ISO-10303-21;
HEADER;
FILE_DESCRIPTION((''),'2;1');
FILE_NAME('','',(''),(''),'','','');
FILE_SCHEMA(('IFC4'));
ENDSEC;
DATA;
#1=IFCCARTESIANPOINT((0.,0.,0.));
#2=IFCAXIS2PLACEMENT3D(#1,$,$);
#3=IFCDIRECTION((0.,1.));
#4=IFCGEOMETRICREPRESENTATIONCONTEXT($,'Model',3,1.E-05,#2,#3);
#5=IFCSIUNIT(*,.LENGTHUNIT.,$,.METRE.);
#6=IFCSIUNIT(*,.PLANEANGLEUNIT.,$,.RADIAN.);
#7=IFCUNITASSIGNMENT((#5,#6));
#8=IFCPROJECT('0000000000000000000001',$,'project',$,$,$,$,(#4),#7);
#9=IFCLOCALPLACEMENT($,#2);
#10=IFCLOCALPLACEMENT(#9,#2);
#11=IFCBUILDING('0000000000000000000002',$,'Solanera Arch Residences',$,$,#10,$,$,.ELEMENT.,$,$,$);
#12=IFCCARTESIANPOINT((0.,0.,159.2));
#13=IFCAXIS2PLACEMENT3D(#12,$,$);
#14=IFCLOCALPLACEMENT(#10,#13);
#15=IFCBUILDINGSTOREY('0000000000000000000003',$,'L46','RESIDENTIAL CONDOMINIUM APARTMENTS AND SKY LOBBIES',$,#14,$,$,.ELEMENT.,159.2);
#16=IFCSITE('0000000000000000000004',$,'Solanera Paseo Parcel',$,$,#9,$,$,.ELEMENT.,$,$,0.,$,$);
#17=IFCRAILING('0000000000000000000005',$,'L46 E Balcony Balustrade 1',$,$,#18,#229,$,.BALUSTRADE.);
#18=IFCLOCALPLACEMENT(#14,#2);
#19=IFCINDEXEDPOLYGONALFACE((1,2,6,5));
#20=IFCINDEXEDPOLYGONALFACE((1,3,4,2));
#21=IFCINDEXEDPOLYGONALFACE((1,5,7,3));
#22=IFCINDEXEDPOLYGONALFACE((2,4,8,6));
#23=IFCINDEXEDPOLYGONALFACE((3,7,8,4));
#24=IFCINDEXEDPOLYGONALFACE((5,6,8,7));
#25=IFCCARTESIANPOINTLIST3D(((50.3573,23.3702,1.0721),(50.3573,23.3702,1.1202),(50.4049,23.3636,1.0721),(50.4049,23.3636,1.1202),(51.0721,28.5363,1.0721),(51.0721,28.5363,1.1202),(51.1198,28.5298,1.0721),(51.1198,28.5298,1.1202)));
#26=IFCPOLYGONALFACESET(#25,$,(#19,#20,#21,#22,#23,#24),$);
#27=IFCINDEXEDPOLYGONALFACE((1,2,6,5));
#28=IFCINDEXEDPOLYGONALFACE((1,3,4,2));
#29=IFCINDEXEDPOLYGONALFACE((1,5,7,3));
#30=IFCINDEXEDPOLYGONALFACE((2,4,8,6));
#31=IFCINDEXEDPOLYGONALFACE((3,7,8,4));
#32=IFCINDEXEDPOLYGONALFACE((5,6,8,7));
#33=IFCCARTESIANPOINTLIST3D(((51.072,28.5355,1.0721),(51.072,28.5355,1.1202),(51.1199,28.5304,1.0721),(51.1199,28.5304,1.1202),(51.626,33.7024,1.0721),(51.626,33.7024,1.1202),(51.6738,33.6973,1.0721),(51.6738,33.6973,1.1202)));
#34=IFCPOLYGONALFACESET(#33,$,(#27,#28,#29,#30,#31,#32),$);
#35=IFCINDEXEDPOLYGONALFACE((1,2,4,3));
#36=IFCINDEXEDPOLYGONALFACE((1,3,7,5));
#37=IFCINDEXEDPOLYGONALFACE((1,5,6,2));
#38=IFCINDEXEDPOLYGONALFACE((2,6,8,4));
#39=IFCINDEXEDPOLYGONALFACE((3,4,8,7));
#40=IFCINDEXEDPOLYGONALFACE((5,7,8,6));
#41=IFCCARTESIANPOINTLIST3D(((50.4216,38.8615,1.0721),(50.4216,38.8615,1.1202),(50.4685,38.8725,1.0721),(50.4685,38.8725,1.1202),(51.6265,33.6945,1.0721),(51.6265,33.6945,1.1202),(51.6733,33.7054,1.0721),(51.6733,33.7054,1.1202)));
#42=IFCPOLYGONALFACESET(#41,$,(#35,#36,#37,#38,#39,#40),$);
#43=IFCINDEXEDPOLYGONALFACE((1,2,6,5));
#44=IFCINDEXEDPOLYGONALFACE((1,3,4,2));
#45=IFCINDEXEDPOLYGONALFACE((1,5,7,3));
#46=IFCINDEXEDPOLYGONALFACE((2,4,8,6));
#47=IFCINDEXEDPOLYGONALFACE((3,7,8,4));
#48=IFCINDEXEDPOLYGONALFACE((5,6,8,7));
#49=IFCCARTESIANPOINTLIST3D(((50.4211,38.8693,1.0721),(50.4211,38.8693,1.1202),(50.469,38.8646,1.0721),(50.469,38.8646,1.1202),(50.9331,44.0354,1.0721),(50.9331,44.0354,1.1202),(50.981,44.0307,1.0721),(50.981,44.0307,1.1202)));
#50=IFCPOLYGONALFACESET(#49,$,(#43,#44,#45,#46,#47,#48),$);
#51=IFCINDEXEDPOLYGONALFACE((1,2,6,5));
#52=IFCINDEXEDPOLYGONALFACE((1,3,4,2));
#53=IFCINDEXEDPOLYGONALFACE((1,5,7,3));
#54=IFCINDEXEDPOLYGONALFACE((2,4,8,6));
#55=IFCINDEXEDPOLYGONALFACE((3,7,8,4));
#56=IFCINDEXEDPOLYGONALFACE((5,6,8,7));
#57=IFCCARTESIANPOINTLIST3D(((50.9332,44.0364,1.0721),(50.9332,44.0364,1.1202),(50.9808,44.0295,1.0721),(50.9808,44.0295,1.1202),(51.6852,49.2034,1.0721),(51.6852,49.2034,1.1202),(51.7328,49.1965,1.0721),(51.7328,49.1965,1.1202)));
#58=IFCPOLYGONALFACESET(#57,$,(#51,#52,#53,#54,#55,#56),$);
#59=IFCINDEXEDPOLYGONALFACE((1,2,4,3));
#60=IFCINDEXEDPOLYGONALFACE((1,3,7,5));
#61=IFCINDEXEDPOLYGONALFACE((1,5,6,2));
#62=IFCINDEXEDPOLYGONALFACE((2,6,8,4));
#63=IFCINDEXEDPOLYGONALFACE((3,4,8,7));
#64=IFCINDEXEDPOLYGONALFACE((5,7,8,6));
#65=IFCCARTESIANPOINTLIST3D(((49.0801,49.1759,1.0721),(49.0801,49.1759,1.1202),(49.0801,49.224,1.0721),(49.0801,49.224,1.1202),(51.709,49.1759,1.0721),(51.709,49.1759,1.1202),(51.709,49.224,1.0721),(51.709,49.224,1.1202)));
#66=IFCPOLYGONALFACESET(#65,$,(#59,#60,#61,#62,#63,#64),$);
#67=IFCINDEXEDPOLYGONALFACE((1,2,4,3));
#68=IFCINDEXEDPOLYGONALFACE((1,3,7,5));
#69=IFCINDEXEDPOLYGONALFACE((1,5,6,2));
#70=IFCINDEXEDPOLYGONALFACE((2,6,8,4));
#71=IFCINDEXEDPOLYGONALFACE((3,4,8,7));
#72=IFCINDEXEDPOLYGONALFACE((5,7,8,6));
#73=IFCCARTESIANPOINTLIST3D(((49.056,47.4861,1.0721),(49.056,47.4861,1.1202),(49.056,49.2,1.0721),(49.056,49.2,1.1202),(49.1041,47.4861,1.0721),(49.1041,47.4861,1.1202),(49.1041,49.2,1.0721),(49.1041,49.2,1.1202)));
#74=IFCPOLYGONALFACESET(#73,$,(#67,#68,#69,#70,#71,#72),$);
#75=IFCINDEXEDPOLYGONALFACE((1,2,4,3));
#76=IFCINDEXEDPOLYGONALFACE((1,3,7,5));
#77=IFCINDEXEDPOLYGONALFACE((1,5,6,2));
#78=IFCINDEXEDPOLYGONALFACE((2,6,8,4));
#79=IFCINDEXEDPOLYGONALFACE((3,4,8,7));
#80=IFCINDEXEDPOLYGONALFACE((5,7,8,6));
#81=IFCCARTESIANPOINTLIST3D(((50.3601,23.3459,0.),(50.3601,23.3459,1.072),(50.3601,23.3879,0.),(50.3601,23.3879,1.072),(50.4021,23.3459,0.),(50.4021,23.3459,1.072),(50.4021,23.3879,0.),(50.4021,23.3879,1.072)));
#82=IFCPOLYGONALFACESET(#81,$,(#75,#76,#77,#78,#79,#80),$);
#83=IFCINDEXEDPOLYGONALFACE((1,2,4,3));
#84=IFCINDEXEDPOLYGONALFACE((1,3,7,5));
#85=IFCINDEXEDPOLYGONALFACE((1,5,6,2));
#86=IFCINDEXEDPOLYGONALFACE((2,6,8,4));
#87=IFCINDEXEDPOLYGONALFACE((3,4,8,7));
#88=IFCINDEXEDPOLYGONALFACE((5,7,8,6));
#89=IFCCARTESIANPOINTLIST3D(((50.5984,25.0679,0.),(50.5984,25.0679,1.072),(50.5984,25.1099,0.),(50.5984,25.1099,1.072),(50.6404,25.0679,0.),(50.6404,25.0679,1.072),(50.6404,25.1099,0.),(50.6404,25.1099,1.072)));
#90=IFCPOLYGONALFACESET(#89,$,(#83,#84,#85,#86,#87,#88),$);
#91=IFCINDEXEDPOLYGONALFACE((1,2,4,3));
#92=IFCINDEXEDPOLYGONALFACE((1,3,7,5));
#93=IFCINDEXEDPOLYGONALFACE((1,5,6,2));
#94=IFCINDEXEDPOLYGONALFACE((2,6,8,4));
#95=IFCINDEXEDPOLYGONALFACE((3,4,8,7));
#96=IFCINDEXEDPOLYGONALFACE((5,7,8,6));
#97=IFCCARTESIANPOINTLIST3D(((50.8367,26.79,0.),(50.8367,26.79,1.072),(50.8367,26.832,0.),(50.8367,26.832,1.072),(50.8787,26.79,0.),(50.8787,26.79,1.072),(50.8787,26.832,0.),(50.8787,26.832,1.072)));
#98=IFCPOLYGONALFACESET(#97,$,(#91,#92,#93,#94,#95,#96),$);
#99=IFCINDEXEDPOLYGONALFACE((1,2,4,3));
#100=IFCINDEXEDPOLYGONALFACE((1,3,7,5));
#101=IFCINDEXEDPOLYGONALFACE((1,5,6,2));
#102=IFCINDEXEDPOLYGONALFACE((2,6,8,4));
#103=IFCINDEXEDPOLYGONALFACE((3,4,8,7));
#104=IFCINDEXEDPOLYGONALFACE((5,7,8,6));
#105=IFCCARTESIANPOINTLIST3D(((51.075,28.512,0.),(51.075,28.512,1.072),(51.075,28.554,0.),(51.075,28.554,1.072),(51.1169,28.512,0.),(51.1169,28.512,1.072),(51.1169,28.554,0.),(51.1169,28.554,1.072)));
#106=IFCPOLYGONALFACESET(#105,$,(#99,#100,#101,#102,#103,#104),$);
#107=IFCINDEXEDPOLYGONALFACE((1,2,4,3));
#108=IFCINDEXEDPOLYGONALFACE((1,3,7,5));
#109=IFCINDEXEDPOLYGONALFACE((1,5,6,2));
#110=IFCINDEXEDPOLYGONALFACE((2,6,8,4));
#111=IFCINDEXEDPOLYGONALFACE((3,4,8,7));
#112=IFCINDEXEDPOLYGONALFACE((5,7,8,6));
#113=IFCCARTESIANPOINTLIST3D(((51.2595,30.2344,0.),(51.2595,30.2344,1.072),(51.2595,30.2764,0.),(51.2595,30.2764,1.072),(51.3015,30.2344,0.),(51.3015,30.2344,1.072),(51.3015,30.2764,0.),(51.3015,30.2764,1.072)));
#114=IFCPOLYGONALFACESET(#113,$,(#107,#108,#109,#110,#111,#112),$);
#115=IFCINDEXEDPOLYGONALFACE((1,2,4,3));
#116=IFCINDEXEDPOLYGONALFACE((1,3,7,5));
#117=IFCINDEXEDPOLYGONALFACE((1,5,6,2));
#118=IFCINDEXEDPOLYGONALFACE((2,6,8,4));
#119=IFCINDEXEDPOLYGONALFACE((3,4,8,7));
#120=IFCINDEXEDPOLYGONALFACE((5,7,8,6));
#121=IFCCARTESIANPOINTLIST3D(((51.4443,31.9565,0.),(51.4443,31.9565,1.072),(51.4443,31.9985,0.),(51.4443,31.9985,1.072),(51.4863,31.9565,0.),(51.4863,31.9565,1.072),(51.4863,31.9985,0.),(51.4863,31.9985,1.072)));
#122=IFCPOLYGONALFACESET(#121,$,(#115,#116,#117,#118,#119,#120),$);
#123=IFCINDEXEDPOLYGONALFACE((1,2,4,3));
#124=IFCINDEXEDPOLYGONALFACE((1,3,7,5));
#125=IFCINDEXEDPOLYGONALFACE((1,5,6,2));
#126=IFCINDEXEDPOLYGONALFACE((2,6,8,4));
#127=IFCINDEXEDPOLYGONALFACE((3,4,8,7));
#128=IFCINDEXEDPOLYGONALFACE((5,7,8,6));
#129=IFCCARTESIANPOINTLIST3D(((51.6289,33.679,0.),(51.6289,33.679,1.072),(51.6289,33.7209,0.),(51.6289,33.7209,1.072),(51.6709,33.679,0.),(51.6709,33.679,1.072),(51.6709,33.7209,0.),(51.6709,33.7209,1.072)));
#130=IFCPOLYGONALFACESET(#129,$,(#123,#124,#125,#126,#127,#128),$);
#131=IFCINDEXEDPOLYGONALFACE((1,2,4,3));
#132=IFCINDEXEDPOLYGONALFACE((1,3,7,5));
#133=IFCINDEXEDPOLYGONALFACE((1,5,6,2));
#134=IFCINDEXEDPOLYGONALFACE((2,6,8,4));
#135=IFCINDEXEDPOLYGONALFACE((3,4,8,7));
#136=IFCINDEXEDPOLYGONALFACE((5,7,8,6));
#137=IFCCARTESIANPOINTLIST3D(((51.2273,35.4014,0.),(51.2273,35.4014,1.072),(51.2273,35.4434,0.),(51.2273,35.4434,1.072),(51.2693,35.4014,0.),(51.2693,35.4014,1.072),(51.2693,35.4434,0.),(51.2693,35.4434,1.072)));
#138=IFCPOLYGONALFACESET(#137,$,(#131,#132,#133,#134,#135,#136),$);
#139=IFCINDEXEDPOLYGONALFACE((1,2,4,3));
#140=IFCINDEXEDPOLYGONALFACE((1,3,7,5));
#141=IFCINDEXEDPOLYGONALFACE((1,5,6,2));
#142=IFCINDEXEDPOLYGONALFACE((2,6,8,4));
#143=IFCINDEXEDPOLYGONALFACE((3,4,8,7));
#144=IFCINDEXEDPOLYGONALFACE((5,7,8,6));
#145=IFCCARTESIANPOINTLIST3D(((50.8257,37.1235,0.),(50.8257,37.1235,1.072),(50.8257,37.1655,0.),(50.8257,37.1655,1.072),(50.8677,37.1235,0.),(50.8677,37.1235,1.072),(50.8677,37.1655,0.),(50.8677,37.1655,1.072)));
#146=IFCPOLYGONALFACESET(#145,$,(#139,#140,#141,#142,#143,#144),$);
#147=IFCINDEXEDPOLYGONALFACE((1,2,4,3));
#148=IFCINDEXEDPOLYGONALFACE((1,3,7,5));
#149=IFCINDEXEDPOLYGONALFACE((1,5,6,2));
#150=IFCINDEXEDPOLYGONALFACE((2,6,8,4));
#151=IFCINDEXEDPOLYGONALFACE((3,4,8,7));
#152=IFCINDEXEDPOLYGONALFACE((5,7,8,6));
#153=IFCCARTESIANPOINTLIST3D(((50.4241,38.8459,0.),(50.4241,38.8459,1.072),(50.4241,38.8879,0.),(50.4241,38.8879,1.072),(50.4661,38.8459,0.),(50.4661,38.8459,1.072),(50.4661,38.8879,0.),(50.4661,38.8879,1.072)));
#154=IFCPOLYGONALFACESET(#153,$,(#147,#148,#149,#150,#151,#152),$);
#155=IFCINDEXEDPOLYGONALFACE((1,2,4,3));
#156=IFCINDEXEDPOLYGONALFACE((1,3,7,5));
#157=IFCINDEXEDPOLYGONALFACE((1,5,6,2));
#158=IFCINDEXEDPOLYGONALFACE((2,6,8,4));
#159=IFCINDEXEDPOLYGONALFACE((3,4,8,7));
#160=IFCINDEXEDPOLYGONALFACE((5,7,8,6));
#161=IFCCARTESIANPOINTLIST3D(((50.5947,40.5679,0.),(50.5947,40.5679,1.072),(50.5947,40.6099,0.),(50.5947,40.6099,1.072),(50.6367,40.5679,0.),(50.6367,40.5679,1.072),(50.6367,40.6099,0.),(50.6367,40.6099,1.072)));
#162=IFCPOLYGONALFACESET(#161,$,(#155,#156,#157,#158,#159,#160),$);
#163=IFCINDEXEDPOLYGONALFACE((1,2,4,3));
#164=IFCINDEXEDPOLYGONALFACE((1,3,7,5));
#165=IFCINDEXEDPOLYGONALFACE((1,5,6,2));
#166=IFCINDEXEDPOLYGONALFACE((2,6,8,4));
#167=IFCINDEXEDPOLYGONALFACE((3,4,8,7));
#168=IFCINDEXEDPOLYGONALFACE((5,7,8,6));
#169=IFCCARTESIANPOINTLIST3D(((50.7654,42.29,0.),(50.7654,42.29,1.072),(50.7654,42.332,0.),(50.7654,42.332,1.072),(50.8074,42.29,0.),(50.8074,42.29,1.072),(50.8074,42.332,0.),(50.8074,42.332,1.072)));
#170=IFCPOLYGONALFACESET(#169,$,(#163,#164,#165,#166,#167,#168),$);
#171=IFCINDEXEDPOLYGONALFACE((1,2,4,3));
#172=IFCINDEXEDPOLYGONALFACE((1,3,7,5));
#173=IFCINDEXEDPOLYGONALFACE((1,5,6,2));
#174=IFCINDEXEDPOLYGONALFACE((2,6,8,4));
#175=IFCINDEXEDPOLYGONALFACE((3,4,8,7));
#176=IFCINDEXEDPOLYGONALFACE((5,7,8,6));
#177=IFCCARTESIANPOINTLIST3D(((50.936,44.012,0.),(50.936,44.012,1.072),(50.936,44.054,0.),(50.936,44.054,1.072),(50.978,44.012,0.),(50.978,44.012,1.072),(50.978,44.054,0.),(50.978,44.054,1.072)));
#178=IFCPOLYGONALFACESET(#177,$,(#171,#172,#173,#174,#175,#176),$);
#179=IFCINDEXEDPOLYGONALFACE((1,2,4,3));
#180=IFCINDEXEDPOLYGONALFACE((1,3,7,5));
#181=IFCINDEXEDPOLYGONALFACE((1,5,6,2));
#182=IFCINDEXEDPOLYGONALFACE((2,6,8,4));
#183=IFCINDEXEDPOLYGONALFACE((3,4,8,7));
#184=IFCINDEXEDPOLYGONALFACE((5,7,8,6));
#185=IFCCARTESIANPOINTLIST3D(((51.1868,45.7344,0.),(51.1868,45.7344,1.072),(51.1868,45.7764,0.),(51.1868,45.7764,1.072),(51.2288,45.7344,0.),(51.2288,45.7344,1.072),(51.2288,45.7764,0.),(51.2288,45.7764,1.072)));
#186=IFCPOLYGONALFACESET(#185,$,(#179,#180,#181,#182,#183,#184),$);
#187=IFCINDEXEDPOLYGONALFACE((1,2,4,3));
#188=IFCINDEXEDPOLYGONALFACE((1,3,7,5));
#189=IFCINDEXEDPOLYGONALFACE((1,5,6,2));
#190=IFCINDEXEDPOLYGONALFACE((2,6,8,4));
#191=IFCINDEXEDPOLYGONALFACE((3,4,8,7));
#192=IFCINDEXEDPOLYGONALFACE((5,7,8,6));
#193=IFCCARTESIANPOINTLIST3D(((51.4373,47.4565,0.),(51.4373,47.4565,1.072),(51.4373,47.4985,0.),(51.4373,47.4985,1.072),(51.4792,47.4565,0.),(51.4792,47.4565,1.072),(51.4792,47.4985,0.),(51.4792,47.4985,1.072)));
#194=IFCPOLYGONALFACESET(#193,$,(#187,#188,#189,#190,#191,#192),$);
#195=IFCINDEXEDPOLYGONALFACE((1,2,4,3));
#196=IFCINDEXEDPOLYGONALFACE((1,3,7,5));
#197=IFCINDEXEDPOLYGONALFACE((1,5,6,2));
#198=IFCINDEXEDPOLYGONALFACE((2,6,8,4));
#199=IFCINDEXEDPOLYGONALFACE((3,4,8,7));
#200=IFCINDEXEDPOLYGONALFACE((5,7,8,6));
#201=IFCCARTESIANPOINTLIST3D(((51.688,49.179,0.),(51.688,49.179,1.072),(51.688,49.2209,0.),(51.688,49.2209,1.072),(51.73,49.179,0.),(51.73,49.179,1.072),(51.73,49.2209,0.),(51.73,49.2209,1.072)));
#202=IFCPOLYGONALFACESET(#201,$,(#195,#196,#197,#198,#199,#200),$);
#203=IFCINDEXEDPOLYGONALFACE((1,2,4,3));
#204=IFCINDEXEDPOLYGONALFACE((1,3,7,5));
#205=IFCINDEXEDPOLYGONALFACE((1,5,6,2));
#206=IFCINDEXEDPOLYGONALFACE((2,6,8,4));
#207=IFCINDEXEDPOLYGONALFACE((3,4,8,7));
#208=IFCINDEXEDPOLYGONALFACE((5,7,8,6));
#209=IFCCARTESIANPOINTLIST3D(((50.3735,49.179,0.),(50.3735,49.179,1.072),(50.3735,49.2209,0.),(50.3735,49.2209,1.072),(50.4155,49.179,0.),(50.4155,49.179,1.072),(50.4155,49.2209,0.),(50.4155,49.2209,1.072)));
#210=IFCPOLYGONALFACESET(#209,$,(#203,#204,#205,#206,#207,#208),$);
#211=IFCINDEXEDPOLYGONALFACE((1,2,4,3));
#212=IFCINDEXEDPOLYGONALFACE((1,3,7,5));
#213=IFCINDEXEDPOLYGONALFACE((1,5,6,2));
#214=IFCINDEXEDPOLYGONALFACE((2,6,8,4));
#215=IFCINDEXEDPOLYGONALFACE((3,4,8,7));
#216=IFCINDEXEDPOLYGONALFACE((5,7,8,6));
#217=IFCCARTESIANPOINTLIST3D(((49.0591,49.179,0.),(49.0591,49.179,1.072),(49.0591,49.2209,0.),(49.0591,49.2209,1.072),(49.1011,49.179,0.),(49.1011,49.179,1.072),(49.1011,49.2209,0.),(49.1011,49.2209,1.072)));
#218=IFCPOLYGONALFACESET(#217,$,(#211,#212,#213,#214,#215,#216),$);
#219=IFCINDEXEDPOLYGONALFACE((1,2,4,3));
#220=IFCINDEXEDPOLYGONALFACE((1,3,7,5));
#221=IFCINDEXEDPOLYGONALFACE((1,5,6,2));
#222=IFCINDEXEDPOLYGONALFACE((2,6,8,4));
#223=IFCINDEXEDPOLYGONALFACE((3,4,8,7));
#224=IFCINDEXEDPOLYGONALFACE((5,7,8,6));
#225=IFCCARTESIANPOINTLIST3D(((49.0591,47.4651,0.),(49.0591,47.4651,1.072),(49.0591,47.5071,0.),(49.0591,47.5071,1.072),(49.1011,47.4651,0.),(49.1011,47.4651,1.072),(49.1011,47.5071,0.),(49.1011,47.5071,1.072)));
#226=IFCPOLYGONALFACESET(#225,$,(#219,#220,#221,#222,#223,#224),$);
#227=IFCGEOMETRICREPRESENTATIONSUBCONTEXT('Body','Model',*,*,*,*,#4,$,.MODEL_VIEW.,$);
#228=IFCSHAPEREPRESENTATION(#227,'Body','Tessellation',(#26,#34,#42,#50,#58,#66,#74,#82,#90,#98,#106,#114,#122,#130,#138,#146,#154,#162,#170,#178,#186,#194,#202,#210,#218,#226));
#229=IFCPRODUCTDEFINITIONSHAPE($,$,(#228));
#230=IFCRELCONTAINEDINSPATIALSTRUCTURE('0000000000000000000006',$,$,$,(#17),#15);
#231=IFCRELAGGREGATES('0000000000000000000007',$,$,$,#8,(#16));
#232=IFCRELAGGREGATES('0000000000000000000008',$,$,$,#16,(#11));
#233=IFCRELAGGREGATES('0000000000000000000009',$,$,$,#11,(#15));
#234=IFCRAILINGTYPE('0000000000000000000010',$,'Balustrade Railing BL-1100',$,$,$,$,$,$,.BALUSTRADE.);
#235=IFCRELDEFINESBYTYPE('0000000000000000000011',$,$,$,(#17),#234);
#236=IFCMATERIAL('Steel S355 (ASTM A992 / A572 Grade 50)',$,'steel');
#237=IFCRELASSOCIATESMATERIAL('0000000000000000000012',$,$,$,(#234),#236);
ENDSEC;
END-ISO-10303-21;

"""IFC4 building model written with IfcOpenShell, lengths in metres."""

from ifc_helpers import new_model, si_unit, direction, frame, origin, origin_2d, place, context, subcontext, project, spatial, rectangle, extrude, material, type_object, element, save


model = new_model("IFC4")

# Units and contexts
model_context = context("Model", 3, precision=1e-05, world=origin(), true_north=direction((0.0, 1.0)))
body_context = subcontext(model_context, "Body", "Model", "MODEL_VIEW")
ifc_project = project(units=[si_unit("LENGTHUNIT", "METRE"), si_unit("PLANEANGLEUNIT", "RADIAN")], contexts=[model_context])

# Site, building, storey
site_placement = place(None, origin())
site = spatial("IfcSite", under=ifc_project, at=site_placement, Name="Solanera Paseo Parcel", CompositionType="ELEMENT", RefElevation=0.0)
building_placement = place(site_placement, origin())
building = spatial("IfcBuilding", under=site, at=building_placement, Name="Solanera Arch Residences", CompositionType="ELEMENT")
storey_placement = place(building_placement, frame((0.0, 0.0, 159.2)))
storey = spatial("IfcBuildingStorey", under=building, at=storey_placement, Name="L46", Description="RESIDENTIAL CONDOMINIUM APARTMENTS AND SKY LOBBIES", CompositionType="ELEMENT", Elevation=159.2)

# Railing
ifc_material_1 = material(Name="Steel S355 (ASTM A992 / A572 Grade 50)", Category="steel")
railing_type = type_object("IfcRailingType", Name="Balustrade Railing BL-1100", PredefinedType="BALUSTRADE", material=ifc_material_1)
railing_1_placement = place(storey_placement, frame((50.3811, 23.3669, 0.0)))
element("IfcRailing", 1, at=railing_1_placement, inside=storey, type_object=railing_type, Name="L46 E Balcony Balustrade 1", PredefinedType="BALUSTRADE", context=body_context, shape_type="SweptSolid", body=[
    extrude(rectangle(XDim=0.0481, YDim=0.0481, at=origin_2d()), frame((0.0, 0.0, 1.0962), z_axis=(0.137068, 0.990562, 0.0), x_axis=(-0.990562, 0.137068, 0.0)), (0.0, 0.0, 1.0), 5.2153),
    extrude(rectangle(XDim=0.0481, YDim=0.0481, at=origin_2d()), frame((0.7148, 5.166, 1.0962), z_axis=(0.106599, 0.994302, 0.0), x_axis=(-0.994302, 0.106599, 0.0)), (0.0, 0.0, 1.0), 5.1965),
    extrude(rectangle(XDim=0.0481, YDim=0.0481, at=origin_2d()), frame((1.2688, 10.333, 1.0962), z_axis=(-0.227087, 0.973874, 0.0), x_axis=(-0.973874, -0.227087, 0.0)), (0.0, 0.0, 1.0), 5.3057),
    extrude(rectangle(XDim=0.0481, YDim=0.0481, at=origin_2d()), frame((0.064, 15.5, 1.0962), z_axis=(0.098619, 0.995125, 0.0), x_axis=(-0.995125, 0.098619, 0.0)), (0.0, 0.0, 1.0), 5.1914),
    extrude(rectangle(XDim=0.0481, YDim=0.0481, at=origin_2d()), frame((0.5759, 20.666, 1.0962), z_axis=(0.144013, 0.989576, 0.0), x_axis=(-0.989576, 0.144013, 0.0)), (0.0, 0.0, 1.0), 5.2214),
    extrude(rectangle(XDim=0.0481, YDim=0.0481, at=origin_2d()), frame((1.3279, 25.833, 1.0962), z_axis=(-1.0, 0.0, 0.0), x_axis=(0.0, -1.0, 0.0)), (0.0, 0.0, 1.0), 2.6289),
    extrude(rectangle(XDim=0.0481, YDim=0.0481, at=origin_2d()), frame((-1.301, 25.833, 1.0962), z_axis=(0.0, -1.0, 0.0), x_axis=(1.0, 0.0, 0.0)), (0.0, 0.0, 1.0), 1.7139),
    extrude(rectangle(XDim=0.042, YDim=0.042, at=origin_2d()), origin(), (0.0, 0.0, 1.0), 1.072),
    extrude(rectangle(XDim=0.042, YDim=0.042, at=origin_2d()), frame((0.2383, 1.7219, 0.0)), (0.0, 0.0, 1.0), 1.072),
    extrude(rectangle(XDim=0.042, YDim=0.042, at=origin_2d()), frame((0.4766, 3.4441, 0.0)), (0.0, 0.0, 1.0), 1.072),
    extrude(rectangle(XDim=0.042, YDim=0.042, at=origin_2d()), frame((0.7148, 5.166, 0.0)), (0.0, 0.0, 1.0), 1.072),
    extrude(rectangle(XDim=0.042, YDim=0.042, at=origin_2d()), frame((0.8994, 6.8884, 0.0)), (0.0, 0.0, 1.0), 1.072),
    extrude(rectangle(XDim=0.042, YDim=0.042, at=origin_2d()), frame((1.0842, 8.6106, 0.0)), (0.0, 0.0, 1.0), 1.072),
    extrude(rectangle(XDim=0.042, YDim=0.042, at=origin_2d()), frame((1.2688, 10.333, 0.0)), (0.0, 0.0, 1.0), 1.072),
    extrude(rectangle(XDim=0.042, YDim=0.042, at=origin_2d()), frame((0.8672, 12.0554, 0.0)), (0.0, 0.0, 1.0), 1.072),
    extrude(rectangle(XDim=0.042, YDim=0.042, at=origin_2d()), frame((0.4656, 13.7776, 0.0)), (0.0, 0.0, 1.0), 1.072),
    extrude(rectangle(XDim=0.042, YDim=0.042, at=origin_2d()), frame((0.064, 15.5, 0.0)), (0.0, 0.0, 1.0), 1.072),
    extrude(rectangle(XDim=0.042, YDim=0.042, at=origin_2d()), frame((0.2346, 17.2219, 0.0)), (0.0, 0.0, 1.0), 1.072),
    extrude(rectangle(XDim=0.042, YDim=0.042, at=origin_2d()), frame((0.4053, 18.9441, 0.0)), (0.0, 0.0, 1.0), 1.072),
    extrude(rectangle(XDim=0.042, YDim=0.042, at=origin_2d()), frame((0.5759, 20.666, 0.0)), (0.0, 0.0, 1.0), 1.072),
    extrude(rectangle(XDim=0.042, YDim=0.042, at=origin_2d()), frame((0.8267, 22.3884, 0.0)), (0.0, 0.0, 1.0), 1.072),
    extrude(rectangle(XDim=0.042, YDim=0.042, at=origin_2d()), frame((1.0771, 24.1106, 0.0)), (0.0, 0.0, 1.0), 1.072),
    extrude(rectangle(XDim=0.042, YDim=0.042, at=origin_2d()), frame((1.3279, 25.833, 0.0)), (0.0, 0.0, 1.0), 1.072),
    extrude(rectangle(XDim=0.042, YDim=0.042, at=origin_2d()), frame((0.0134, 25.833, 0.0)), (0.0, 0.0, 1.0), 1.072),
    extrude(rectangle(XDim=0.042, YDim=0.042, at=origin_2d()), frame((-1.301, 25.833, 0.0)), (0.0, 0.0, 1.0), 1.072),
    extrude(rectangle(XDim=0.042, YDim=0.042, at=origin_2d()), frame((-1.301, 24.1191, 0.0)), (0.0, 0.0, 1.0), 1.072),
])

save(model, "model.ifc")
